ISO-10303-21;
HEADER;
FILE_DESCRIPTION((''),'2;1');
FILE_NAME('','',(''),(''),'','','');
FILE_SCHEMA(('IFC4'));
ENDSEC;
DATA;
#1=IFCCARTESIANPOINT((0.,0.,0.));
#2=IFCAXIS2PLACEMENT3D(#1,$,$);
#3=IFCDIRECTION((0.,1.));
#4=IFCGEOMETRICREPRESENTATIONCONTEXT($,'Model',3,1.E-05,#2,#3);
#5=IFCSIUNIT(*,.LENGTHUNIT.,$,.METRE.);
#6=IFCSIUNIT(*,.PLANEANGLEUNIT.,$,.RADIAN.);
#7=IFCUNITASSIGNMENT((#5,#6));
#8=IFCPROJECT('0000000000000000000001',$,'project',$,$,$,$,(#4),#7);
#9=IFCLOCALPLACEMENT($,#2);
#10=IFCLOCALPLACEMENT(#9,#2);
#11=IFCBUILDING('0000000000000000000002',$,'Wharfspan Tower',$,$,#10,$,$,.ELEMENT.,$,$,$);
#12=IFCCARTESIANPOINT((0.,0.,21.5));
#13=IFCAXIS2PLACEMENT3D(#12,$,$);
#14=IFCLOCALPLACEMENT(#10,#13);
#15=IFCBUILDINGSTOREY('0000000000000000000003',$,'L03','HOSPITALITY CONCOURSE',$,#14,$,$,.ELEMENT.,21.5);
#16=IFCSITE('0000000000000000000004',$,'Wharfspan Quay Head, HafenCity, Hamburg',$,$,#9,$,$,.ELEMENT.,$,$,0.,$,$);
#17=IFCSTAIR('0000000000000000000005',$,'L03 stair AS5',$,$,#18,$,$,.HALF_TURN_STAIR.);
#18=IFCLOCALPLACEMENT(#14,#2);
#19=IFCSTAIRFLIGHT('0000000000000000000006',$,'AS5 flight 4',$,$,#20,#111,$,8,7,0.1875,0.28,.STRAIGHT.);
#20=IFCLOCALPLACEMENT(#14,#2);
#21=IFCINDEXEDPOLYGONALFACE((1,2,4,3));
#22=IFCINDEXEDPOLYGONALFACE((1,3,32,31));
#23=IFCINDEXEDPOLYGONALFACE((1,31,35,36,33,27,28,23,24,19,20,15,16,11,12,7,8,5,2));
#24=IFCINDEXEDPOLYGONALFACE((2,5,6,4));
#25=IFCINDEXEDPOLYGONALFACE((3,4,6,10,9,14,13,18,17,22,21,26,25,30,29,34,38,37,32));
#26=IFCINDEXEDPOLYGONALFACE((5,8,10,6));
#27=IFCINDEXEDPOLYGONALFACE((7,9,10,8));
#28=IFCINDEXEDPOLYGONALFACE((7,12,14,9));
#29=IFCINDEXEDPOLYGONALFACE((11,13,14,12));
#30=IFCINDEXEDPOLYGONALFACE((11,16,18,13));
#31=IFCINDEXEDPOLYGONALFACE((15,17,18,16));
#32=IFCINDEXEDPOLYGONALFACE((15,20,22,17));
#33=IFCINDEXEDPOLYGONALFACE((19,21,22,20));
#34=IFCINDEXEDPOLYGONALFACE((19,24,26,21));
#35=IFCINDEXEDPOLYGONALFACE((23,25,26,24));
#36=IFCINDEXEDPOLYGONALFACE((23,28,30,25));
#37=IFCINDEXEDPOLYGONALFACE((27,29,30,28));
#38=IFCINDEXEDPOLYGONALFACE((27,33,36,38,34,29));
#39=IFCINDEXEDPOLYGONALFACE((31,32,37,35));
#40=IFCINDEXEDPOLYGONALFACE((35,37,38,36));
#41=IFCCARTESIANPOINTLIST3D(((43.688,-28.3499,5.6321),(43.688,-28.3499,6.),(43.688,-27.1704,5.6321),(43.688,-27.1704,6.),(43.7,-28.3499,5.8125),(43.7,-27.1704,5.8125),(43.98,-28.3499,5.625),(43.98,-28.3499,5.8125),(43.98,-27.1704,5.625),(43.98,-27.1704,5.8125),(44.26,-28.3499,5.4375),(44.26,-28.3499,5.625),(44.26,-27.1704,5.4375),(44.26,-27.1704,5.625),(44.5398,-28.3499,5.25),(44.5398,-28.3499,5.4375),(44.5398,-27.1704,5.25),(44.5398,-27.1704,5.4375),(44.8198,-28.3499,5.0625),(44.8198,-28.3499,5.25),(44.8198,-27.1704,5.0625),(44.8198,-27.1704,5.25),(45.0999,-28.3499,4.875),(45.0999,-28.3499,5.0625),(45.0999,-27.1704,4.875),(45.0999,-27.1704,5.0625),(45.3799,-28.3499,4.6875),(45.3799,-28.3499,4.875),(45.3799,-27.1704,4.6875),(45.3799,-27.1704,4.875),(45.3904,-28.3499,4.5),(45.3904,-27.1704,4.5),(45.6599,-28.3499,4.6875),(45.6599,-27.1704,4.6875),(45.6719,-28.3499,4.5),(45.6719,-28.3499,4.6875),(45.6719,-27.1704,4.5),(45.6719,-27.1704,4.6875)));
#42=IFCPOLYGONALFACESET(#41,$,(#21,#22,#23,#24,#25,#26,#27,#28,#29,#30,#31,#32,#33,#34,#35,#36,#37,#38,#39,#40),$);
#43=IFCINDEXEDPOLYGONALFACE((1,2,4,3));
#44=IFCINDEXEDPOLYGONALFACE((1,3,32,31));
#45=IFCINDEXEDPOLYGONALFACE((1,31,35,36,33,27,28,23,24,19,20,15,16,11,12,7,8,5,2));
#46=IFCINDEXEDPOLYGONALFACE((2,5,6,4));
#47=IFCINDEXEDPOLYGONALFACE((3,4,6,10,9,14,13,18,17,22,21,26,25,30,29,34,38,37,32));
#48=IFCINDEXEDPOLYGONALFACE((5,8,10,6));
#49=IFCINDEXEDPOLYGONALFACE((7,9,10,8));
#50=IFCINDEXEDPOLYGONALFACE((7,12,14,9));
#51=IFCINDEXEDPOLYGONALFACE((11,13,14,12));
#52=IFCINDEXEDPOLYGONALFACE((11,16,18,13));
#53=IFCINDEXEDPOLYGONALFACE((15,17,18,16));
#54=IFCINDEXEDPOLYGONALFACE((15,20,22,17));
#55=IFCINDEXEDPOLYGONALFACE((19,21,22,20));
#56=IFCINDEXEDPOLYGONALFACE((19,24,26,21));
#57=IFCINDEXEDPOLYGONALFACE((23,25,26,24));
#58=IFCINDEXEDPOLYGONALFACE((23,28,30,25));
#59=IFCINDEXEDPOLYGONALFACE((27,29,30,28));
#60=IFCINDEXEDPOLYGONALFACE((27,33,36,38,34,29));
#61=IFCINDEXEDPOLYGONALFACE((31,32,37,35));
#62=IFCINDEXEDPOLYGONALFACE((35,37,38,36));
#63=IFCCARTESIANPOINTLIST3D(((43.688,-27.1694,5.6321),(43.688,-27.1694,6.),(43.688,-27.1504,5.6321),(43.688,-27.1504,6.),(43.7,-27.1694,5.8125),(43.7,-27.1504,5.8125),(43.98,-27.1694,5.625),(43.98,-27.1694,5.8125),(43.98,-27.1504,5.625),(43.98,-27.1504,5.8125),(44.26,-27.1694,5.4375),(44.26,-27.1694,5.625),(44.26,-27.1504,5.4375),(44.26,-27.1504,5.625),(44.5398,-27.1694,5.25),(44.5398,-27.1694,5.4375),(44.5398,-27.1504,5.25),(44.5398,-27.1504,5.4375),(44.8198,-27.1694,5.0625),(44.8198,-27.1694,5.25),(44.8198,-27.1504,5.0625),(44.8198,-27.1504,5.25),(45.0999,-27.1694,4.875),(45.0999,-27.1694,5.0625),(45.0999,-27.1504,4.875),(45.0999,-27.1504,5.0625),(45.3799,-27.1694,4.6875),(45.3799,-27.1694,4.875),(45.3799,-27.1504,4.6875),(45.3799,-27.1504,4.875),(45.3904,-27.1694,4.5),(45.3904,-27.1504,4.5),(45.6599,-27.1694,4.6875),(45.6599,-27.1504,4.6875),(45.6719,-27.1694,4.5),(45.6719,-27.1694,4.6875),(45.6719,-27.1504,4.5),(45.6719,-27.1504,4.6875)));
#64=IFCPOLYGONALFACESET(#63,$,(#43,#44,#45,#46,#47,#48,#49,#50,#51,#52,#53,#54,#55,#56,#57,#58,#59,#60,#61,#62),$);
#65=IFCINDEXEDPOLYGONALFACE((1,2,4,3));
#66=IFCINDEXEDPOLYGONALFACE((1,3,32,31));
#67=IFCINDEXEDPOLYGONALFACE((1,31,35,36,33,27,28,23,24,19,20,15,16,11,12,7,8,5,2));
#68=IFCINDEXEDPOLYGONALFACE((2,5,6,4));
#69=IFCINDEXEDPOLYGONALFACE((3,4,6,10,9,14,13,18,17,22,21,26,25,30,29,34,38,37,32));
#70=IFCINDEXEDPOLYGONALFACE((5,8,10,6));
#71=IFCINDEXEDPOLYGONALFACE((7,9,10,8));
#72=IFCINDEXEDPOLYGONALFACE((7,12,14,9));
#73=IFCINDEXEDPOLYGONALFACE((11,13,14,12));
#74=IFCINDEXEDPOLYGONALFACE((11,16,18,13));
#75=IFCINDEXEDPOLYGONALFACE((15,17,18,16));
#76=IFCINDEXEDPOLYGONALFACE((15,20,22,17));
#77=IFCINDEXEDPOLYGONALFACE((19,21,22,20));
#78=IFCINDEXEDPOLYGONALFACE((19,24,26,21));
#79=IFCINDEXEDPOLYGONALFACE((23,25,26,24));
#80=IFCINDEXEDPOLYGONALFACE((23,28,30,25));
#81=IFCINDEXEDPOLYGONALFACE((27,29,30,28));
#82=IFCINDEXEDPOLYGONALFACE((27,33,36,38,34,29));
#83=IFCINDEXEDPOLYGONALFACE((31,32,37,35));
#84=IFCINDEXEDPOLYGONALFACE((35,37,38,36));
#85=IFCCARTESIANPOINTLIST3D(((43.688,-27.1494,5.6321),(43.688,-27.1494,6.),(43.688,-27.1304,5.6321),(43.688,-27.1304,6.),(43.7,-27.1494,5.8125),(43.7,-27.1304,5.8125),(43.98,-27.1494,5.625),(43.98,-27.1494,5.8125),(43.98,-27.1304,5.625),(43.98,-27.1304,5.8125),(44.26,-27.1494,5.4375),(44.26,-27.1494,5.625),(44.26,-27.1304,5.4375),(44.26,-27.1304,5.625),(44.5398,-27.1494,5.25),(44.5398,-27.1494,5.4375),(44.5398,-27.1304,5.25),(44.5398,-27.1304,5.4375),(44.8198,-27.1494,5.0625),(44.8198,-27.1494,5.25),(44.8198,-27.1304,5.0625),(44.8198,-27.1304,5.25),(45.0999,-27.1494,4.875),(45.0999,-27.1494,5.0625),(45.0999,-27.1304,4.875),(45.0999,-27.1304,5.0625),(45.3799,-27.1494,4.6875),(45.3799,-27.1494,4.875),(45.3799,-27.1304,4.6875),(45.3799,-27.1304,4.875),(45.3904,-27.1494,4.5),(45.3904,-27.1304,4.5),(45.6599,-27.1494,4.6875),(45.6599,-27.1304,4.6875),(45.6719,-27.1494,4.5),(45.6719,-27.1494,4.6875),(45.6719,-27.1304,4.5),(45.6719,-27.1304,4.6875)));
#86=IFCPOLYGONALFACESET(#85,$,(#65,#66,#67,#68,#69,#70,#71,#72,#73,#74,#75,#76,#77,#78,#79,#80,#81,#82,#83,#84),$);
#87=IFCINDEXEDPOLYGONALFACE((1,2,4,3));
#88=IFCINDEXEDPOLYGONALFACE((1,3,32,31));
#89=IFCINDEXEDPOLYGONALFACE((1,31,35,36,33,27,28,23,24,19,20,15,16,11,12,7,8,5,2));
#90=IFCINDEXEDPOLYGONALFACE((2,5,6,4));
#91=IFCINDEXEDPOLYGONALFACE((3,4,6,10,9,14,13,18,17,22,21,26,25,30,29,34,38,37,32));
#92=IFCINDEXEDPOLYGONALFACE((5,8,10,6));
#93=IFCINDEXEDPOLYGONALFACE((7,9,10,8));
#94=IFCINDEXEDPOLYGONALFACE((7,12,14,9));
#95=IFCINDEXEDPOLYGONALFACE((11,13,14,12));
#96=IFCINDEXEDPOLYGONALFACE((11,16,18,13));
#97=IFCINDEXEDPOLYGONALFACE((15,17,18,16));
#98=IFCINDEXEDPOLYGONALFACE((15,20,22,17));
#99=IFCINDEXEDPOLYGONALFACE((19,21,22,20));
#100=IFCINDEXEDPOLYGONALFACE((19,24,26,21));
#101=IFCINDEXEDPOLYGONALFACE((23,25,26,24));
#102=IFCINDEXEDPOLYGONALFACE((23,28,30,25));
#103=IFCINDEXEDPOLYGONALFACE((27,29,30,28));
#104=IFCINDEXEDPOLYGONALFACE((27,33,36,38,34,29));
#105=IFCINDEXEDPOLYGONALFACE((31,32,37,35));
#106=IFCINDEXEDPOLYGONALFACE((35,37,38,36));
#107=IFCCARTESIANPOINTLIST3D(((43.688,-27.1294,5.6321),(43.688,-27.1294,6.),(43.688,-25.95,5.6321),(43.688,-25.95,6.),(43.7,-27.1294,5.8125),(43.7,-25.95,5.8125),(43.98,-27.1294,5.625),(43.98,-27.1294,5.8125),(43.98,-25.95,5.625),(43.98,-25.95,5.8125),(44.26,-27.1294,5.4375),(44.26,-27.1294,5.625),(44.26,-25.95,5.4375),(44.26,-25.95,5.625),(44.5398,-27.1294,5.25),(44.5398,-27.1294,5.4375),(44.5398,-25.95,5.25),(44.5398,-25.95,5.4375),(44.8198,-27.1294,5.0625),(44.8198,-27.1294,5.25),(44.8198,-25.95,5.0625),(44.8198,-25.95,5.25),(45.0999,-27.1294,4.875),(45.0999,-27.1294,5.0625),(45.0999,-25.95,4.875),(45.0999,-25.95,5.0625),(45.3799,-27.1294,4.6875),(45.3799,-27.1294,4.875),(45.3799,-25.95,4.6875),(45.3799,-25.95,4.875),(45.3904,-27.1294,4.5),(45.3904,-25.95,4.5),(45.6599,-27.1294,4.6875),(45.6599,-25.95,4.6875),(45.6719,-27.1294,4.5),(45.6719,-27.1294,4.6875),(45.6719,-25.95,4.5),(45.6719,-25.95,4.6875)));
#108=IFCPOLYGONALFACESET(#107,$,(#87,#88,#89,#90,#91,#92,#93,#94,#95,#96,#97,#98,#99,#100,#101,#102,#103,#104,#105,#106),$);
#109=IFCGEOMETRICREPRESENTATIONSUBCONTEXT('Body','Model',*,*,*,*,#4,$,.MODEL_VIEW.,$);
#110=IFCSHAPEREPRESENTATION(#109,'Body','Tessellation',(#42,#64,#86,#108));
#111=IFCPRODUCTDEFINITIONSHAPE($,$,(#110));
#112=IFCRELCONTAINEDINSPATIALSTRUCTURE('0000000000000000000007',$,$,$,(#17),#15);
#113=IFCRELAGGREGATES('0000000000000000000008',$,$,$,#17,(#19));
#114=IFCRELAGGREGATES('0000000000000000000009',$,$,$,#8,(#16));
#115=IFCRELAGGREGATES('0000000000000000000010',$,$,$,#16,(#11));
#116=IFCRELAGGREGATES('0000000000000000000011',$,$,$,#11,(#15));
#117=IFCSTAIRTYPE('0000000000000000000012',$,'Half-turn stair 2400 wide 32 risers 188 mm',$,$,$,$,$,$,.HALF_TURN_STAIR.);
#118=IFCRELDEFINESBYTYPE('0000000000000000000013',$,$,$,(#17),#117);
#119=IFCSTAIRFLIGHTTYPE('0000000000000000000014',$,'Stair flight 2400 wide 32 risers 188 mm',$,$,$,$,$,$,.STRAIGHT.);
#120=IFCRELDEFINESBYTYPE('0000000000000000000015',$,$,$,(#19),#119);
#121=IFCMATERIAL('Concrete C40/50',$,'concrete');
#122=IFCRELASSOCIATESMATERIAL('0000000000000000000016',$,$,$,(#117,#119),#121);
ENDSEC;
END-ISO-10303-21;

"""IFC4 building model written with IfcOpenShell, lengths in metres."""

from ifc_helpers import new_model, si_unit, direction, frame, origin, place, context, subcontext, project, spatial, polyline, outline, extrude, material, type_object, element, aggregate, save


model = new_model("IFC4")

# Units and contexts
model_context = context("Model", 3, precision=1e-05, world=origin(), true_north=direction((0.0, 1.0)))
body_context = subcontext(model_context, "Body", "Model", "MODEL_VIEW")
ifc_project = project(units=[si_unit("LENGTHUNIT", "METRE"), si_unit("PLANEANGLEUNIT", "RADIAN")], contexts=[model_context])

# Site, building, storey
site_placement = place(None, origin())
site = spatial("IfcSite", under=ifc_project, at=site_placement, Name="Wharfspan Quay Head, HafenCity, Hamburg", CompositionType="ELEMENT", RefElevation=0.0)
building_placement = place(site_placement, origin())
building = spatial("IfcBuilding", under=site, at=building_placement, Name="Wharfspan Tower", CompositionType="ELEMENT")
storey_placement = place(building_placement, frame((0.0, 0.0, 21.5)))
storey = spatial("IfcBuildingStorey", under=building, at=storey_placement, Name="L03", Description="HOSPITALITY CONCOURSE", CompositionType="ELEMENT", Elevation=21.5)

# Shared definitions
ifc_material_1 = material(Name="Concrete C40/50", Category="concrete")

# Stair, stair flight
stair_type = type_object("IfcStairType", Name="Half-turn stair 2400 wide 32 risers 188 mm", PredefinedType="HALF_TURN_STAIR", material=ifc_material_1)
stair_placement = place(storey_placement, origin())
stair = element("IfcStair", 1, at=stair_placement, inside=storey, type_object=stair_type, Name="L03 stair AS5", PredefinedType="HALF_TURN_STAIR")
stair_flight_type = type_object("IfcStairFlightType", Name="Stair flight 2400 wide 32 risers 188 mm", PredefinedType="STRAIGHT", material=ifc_material_1)
stair_flight_1_placement = place(storey_placement, frame((45.6599, -27.1499, 4.5), z_axis=(0.0, 0.0, 1.0), x_axis=(-1.0, 0.0, 0.0)))
stair_flight_1 = element("IfcStairFlight", 2, at=stair_flight_1_placement, type_object=stair_flight_type, Name="AS5 flight 4", NumberOfRisers=8, NumberOfTreads=7, PredefinedType="STRAIGHT", RiserHeight=0.1875, TreadLength=0.28, context=body_context, shape_type="SweptSolid", body=[
    extrude(outline(polyline([(-0.012, 0.0), (-0.012, 0.1875), (0.0, 0.1875), (0.28, 0.1875), (0.28, 0.375), (0.5601, 0.375), (0.5601, 0.5625), (0.8401, 0.5625), (0.8401, 0.75), (1.1201, 0.75), (1.1201, 0.9375), (1.3999, 0.9375), (1.3999, 1.125), (1.6799, 1.125), (1.6799, 1.3125), (1.96, 1.3125), (1.9719, 1.5), (1.9719, 1.1321), (0.2695, 0.0), (-0.012, 0.0)])), frame((0.0, 1.2, 0.0), z_axis=(0.0, -1.0, 0.0), x_axis=(1.0, 0.0, 0.0)), (0.0, 0.0, 1.0), 1.1794),
    extrude(outline(polyline([(-0.012, 0.0), (-0.012, 0.1875), (0.0, 0.1875), (0.28, 0.1875), (0.28, 0.375), (0.5601, 0.375), (0.5601, 0.5625), (0.8401, 0.5625), (0.8401, 0.75), (1.1201, 0.75), (1.1201, 0.9375), (1.3999, 0.9375), (1.3999, 1.125), (1.6799, 1.125), (1.6799, 1.3125), (1.96, 1.3125), (1.9719, 1.5), (1.9719, 1.1321), (0.2695, 0.0), (-0.012, 0.0)])), frame((0.0, 0.0195, 0.0), z_axis=(0.0, -1.0, 0.0), x_axis=(1.0, 0.0, 0.0)), (0.0, 0.0, 1.0), 0.019),
    extrude(outline(polyline([(-0.012, 0.0), (-0.012, 0.1875), (0.0, 0.1875), (0.28, 0.1875), (0.28, 0.375), (0.5601, 0.375), (0.5601, 0.5625), (0.8401, 0.5625), (0.8401, 0.75), (1.1201, 0.75), (1.1201, 0.9375), (1.3999, 0.9375), (1.3999, 1.125), (1.6799, 1.125), (1.6799, 1.3125), (1.96, 1.3125), (1.9719, 1.5), (1.9719, 1.1321), (0.2695, 0.0), (-0.012, 0.0)])), frame((0.0, -0.0005, 0.0), z_axis=(0.0, -1.0, 0.0), x_axis=(1.0, 0.0, 0.0)), (0.0, 0.0, 1.0), 0.019),
    extrude(outline(polyline([(-0.012, 0.0), (-0.012, 0.1875), (0.0, 0.1875), (0.28, 0.1875), (0.28, 0.375), (0.5601, 0.375), (0.5601, 0.5625), (0.8401, 0.5625), (0.8401, 0.75), (1.1201, 0.75), (1.1201, 0.9375), (1.3999, 0.9375), (1.3999, 1.125), (1.6799, 1.125), (1.6799, 1.3125), (1.96, 1.3125), (1.9719, 1.5), (1.9719, 1.1321), (0.2695, 0.0), (-0.012, 0.0)])), frame((0.0, -0.0205, 0.0), z_axis=(0.0, -1.0, 0.0), x_axis=(1.0, 0.0, 0.0)), (0.0, 0.0, 1.0), 1.1794),
])
aggregate(stair, [stair_flight_1])

save(model, "model.ifc")
